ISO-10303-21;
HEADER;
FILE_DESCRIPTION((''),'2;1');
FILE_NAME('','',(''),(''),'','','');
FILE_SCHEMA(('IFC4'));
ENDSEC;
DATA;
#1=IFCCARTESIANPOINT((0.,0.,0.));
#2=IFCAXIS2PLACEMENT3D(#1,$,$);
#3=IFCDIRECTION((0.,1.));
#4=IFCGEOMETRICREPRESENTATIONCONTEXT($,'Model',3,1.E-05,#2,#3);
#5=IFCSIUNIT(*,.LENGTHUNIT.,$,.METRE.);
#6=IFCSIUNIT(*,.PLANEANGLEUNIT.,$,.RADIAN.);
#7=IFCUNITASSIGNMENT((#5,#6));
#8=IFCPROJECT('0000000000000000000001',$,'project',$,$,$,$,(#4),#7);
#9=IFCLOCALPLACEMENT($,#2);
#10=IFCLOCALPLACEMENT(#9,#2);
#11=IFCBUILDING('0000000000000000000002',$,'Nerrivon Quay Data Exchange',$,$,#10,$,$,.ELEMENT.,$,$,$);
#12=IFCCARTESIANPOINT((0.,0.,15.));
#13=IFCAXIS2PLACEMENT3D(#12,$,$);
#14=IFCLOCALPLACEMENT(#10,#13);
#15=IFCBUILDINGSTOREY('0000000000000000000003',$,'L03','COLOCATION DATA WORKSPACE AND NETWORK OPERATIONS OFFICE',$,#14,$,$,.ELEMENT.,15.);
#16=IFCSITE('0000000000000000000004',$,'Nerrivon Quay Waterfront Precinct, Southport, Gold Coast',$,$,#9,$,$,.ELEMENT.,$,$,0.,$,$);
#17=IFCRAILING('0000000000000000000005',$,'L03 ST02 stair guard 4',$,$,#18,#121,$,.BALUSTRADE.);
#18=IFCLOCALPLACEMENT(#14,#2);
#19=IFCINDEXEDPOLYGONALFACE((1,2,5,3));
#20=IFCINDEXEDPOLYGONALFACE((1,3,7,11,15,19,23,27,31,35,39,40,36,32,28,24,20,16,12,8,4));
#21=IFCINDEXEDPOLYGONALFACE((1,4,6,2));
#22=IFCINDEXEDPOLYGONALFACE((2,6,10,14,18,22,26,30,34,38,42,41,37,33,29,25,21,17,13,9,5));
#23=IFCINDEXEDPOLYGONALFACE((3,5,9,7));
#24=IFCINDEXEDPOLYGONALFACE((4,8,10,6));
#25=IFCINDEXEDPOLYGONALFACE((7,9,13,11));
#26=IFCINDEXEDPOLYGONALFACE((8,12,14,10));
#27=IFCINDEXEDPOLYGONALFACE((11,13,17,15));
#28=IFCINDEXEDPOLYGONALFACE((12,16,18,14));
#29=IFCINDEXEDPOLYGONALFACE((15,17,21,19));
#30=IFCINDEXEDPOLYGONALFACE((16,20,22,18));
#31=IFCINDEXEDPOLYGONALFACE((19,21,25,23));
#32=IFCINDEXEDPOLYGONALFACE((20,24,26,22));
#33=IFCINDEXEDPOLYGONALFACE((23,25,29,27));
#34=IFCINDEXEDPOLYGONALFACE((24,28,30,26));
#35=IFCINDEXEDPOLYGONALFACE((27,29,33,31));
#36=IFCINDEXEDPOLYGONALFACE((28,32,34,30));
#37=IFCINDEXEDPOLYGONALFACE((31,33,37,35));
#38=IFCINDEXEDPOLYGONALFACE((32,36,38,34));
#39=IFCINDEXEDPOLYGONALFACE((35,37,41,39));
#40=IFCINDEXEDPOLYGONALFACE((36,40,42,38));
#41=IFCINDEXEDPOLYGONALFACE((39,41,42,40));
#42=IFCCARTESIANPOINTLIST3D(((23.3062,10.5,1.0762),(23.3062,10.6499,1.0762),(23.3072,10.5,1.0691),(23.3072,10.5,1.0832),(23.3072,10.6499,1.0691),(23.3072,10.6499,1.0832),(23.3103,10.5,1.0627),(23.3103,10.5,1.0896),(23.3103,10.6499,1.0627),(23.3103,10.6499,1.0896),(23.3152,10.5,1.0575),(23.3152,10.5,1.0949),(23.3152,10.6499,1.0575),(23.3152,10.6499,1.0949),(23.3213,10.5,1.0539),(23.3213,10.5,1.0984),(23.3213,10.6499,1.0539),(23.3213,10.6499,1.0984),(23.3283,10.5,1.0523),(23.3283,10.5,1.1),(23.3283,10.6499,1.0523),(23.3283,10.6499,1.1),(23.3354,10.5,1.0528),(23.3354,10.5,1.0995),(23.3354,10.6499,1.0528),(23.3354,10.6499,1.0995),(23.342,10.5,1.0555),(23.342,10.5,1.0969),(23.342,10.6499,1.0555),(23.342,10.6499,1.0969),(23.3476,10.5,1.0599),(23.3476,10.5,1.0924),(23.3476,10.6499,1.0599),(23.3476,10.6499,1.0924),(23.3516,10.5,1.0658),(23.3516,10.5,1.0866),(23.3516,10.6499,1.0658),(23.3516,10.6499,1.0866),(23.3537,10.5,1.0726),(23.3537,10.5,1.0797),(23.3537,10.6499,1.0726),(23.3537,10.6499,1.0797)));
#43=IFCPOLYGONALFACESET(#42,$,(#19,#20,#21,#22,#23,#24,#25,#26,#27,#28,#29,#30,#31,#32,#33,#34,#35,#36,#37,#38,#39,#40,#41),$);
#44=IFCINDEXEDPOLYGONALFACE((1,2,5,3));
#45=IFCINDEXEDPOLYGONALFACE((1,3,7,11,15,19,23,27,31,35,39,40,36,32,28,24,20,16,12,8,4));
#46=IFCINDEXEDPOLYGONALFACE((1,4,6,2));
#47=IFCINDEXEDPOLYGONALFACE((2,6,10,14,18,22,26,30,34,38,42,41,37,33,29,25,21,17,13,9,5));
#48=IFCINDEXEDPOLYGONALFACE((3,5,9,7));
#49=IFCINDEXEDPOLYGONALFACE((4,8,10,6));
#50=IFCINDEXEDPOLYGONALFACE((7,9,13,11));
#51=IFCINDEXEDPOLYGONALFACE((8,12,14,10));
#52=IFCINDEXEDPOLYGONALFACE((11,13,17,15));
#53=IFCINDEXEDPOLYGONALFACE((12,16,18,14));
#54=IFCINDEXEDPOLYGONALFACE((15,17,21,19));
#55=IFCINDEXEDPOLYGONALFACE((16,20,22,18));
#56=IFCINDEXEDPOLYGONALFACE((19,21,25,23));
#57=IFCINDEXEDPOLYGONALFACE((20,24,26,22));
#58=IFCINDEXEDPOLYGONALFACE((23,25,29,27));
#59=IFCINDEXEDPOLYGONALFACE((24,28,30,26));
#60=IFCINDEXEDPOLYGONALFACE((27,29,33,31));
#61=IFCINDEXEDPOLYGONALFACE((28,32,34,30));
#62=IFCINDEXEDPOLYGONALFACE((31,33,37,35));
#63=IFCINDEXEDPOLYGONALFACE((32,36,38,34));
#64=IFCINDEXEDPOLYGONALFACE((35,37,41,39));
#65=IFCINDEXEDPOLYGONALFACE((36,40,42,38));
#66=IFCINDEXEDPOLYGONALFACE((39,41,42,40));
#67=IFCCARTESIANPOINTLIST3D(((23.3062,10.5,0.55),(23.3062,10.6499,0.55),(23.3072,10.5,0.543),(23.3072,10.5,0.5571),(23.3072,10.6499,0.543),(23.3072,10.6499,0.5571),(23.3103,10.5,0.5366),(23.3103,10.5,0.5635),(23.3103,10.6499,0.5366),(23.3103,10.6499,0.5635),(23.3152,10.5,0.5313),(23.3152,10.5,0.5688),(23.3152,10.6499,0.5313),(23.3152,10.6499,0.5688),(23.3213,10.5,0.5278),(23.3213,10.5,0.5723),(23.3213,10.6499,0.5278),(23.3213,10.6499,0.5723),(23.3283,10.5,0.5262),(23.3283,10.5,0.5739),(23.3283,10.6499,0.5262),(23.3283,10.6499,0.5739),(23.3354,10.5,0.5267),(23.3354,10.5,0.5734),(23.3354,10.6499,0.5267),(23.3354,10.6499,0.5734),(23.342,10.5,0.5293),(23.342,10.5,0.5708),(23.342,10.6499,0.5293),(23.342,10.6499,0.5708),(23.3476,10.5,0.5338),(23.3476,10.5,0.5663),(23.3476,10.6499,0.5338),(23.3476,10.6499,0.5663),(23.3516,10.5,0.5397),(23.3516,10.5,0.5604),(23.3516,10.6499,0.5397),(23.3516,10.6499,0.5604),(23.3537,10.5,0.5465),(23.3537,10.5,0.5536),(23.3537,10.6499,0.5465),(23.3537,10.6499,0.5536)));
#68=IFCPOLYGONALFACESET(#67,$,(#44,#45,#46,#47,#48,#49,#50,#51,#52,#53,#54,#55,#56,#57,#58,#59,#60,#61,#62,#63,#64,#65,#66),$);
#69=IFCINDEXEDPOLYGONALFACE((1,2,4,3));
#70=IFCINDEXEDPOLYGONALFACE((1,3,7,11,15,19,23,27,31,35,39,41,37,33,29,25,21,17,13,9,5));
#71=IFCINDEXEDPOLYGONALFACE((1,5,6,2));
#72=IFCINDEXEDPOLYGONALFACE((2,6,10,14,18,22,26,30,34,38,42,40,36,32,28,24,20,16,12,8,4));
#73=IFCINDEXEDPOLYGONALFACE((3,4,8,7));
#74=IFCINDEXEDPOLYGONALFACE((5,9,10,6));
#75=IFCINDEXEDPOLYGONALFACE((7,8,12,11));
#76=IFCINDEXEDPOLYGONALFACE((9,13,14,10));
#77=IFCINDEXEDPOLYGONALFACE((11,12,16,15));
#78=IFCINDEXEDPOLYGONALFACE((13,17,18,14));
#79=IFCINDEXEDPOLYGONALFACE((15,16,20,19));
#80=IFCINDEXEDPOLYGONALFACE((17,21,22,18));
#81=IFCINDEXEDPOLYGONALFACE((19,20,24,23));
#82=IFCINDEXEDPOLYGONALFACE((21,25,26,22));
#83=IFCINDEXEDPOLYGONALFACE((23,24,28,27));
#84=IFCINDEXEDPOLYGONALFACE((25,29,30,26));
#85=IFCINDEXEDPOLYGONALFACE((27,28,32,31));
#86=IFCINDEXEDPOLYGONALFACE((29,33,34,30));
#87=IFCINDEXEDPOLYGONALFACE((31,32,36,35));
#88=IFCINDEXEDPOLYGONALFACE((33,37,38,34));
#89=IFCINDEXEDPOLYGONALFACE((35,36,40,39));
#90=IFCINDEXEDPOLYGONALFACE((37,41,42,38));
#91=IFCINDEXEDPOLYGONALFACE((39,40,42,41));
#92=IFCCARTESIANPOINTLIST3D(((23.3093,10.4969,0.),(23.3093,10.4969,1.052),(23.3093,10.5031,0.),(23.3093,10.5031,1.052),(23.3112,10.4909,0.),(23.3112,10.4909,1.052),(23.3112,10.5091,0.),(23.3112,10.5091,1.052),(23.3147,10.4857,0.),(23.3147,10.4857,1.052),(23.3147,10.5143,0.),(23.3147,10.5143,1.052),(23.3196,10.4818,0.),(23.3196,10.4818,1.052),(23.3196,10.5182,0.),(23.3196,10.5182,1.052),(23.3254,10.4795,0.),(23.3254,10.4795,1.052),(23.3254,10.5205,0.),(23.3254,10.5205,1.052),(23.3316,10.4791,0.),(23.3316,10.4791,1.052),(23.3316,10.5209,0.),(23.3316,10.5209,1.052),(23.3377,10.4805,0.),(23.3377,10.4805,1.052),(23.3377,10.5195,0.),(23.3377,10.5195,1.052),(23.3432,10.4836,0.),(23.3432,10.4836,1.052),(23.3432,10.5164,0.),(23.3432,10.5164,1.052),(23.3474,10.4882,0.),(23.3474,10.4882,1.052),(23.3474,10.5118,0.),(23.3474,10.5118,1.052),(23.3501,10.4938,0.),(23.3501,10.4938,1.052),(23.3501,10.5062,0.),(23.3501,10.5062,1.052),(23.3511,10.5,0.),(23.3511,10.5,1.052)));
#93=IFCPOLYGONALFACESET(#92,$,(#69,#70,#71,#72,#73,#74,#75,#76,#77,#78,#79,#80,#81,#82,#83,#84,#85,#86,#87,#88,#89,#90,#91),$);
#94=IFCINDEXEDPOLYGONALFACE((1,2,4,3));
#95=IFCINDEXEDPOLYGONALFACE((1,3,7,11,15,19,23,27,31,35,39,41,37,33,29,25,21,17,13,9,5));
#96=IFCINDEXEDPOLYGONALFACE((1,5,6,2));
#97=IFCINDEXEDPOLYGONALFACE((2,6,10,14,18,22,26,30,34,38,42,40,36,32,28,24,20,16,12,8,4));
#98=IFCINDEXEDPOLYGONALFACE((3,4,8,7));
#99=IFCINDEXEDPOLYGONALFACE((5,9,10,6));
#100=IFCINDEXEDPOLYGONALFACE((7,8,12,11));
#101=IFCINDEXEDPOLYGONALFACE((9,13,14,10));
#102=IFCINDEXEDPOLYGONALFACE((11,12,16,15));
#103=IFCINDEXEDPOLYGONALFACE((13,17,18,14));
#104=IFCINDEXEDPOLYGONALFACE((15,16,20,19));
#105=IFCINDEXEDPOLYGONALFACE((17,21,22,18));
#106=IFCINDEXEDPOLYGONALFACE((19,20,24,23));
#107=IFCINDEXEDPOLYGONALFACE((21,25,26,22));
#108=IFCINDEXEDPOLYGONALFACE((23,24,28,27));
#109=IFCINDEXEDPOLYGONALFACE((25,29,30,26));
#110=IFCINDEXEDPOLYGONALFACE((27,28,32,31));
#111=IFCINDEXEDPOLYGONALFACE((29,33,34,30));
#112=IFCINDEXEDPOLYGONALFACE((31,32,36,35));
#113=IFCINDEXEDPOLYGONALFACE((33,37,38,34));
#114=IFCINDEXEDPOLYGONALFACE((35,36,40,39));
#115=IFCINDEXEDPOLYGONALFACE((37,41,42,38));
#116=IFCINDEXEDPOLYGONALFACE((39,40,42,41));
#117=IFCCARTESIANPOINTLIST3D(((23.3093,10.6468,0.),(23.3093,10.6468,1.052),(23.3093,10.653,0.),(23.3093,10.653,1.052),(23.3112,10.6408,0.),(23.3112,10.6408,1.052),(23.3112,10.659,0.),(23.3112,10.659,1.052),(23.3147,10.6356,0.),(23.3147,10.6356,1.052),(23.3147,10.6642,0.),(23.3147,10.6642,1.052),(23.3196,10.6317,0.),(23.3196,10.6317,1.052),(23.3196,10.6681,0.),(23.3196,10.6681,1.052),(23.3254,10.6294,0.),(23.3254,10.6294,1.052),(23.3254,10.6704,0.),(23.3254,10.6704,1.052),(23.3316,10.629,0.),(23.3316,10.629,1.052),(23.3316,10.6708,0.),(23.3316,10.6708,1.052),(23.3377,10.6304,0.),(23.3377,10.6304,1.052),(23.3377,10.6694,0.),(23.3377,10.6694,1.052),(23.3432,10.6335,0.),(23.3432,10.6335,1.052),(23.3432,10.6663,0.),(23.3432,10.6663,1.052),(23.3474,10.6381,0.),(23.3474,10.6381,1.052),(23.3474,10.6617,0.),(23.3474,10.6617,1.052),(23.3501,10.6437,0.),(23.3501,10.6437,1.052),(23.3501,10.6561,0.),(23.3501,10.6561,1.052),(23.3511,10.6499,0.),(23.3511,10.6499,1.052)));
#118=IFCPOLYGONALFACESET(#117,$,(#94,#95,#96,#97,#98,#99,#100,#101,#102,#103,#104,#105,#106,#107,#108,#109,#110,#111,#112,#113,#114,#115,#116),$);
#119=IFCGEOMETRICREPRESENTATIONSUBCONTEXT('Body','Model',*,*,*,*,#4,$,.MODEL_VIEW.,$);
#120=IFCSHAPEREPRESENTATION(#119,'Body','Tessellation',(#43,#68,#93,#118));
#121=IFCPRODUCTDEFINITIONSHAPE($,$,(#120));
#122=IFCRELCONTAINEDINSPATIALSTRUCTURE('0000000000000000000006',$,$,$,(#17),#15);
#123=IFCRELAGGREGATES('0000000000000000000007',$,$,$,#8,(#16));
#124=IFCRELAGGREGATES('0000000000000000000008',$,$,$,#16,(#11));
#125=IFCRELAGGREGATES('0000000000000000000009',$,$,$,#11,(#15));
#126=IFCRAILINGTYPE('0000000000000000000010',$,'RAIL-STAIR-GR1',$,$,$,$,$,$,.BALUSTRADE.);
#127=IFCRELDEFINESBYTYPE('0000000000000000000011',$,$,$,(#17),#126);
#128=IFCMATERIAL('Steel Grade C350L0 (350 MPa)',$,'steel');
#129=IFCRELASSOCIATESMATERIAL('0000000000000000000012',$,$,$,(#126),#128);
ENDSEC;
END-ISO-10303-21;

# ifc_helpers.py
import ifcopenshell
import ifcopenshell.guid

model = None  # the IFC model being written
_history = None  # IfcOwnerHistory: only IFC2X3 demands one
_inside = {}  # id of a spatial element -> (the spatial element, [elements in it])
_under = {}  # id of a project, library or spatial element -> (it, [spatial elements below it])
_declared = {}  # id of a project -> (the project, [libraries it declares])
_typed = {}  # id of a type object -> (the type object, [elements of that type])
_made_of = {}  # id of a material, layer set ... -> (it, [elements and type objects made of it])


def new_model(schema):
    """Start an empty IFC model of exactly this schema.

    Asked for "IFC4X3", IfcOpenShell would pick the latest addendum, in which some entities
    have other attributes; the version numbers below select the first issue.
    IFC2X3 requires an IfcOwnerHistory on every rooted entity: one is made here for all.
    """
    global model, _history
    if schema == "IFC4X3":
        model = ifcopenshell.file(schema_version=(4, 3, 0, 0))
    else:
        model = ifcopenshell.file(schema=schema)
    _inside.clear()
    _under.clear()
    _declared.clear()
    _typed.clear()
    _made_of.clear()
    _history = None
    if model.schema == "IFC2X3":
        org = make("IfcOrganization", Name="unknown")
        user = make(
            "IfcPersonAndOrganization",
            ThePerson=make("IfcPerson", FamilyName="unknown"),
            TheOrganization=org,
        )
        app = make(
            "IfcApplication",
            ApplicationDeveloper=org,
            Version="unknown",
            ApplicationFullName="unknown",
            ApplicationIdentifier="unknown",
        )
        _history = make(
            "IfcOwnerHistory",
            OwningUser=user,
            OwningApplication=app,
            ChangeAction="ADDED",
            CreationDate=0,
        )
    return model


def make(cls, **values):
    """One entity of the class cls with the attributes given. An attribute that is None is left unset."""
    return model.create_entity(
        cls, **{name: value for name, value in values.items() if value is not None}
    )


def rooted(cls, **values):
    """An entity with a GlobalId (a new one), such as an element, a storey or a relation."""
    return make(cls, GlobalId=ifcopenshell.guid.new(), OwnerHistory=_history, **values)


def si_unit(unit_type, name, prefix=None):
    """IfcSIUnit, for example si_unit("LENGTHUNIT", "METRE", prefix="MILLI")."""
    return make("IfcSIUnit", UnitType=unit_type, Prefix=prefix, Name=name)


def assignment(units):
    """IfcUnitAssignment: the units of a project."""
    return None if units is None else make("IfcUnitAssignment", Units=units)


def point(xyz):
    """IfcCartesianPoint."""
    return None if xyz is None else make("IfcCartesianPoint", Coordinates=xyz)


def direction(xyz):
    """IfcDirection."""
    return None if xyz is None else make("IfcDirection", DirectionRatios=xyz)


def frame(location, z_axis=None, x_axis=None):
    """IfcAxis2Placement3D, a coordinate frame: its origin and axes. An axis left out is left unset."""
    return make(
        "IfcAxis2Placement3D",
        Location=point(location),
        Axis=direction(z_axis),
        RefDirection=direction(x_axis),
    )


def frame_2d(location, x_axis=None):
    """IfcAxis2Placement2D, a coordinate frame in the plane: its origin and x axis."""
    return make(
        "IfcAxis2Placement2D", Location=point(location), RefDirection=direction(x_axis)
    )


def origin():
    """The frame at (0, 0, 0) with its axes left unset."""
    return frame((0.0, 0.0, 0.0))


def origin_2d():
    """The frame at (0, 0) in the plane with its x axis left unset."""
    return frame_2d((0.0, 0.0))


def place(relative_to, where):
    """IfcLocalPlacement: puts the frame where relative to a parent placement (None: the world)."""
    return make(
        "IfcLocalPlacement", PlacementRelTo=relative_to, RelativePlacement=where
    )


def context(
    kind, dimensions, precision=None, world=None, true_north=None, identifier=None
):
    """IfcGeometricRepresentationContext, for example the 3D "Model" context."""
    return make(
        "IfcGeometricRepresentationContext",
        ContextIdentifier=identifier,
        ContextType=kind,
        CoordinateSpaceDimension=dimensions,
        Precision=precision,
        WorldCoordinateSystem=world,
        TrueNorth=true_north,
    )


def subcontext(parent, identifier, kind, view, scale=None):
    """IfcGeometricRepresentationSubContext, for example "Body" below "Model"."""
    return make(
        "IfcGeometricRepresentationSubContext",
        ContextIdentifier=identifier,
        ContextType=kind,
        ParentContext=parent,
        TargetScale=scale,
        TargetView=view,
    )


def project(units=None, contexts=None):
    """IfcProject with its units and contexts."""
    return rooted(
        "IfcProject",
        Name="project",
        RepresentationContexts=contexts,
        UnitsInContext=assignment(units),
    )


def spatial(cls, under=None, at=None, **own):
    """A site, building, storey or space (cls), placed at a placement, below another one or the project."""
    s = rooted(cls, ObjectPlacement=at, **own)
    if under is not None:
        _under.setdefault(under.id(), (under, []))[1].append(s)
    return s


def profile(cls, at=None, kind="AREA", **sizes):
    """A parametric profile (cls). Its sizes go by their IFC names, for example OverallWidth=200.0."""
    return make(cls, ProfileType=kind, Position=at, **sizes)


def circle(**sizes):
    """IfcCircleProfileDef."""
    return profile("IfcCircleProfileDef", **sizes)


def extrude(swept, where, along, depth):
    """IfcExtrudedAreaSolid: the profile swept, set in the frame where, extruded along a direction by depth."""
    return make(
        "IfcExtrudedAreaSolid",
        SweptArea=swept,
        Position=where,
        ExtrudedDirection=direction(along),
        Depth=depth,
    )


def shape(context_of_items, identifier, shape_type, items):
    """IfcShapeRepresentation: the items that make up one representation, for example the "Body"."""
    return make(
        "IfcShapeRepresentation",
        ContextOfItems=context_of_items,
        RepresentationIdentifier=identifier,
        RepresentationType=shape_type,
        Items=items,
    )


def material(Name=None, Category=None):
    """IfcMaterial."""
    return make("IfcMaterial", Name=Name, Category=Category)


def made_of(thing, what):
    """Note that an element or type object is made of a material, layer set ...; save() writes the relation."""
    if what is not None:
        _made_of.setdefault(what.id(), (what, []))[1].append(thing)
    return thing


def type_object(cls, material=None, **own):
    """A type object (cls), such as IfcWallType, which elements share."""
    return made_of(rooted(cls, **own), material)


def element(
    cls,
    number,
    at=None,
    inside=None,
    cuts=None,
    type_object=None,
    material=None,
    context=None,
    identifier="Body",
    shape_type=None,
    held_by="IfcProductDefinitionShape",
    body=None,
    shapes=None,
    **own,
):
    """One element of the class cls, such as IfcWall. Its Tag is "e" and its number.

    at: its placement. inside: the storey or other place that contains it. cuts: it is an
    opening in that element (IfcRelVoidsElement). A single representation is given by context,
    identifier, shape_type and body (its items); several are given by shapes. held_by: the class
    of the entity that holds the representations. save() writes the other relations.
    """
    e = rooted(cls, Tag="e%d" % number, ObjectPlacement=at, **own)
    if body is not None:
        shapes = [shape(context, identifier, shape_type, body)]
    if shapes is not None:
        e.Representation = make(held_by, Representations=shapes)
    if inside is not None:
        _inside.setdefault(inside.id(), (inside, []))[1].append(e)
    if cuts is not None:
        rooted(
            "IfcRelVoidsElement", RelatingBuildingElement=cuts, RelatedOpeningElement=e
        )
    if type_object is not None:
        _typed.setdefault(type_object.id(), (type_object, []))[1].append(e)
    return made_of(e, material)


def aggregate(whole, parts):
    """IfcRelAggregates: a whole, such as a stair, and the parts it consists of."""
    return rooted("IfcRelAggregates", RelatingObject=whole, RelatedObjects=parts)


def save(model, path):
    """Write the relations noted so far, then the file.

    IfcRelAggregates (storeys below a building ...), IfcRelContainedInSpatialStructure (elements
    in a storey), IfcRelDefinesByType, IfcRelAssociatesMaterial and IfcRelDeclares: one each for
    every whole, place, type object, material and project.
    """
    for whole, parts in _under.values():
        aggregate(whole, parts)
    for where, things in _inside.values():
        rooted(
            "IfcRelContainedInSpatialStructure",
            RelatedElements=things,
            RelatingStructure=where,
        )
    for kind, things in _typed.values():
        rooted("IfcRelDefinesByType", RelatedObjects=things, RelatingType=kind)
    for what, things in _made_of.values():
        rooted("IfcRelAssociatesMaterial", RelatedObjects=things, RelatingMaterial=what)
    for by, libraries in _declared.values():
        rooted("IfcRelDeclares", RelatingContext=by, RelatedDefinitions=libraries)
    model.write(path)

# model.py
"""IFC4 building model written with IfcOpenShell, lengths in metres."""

from ifc_helpers import new_model, si_unit, direction, frame, origin, origin_2d, place, context, subcontext, project, spatial, circle, extrude, material, type_object, element, save


model = new_model("IFC4")

# Units and contexts
model_context = context("Model", 3, precision=1e-05, world=origin(), true_north=direction((0.0, 1.0)))
body_context = subcontext(model_context, "Body", "Model", "MODEL_VIEW")
ifc_project = project(units=[si_unit("LENGTHUNIT", "METRE"), si_unit("PLANEANGLEUNIT", "RADIAN")], contexts=[model_context])

# Site, building, storey
site_placement = place(None, origin())
site = spatial("IfcSite", under=ifc_project, at=site_placement, Name="Nerrivon Quay Waterfront Precinct, Southport, Gold Coast", CompositionType="ELEMENT", RefElevation=0.0)
building_placement = place(site_placement, origin())
building = spatial("IfcBuilding", under=site, at=building_placement, Name="Nerrivon Quay Data Exchange", CompositionType="ELEMENT")
storey_placement = place(building_placement, frame((0.0, 0.0, 15.0)))
storey = spatial("IfcBuildingStorey", under=building, at=storey_placement, Name="L03", Description="COLOCATION DATA WORKSPACE AND NETWORK OPERATIONS OFFICE", CompositionType="ELEMENT", Elevation=15.0)

# Railing
ifc_material_1 = material(Name="Steel Grade C350L0 (350 MPa)", Category="steel")
railing_type_1 = type_object("IfcRailingType", Name="RAIL-STAIR-GR1", PredefinedType="BALUSTRADE", material=ifc_material_1)
railing_1_placement = place(storey_placement, frame((23.3301, 10.5, 0.0)))
element("IfcRailing", 1, at=railing_1_placement, inside=storey, type_object=railing_type_1, Name="L03 ST02 stair guard 4", PredefinedType="BALUSTRADE", context=body_context, shape_type="SweptSolid", body=[
    extrude(circle(Radius=0.0239, at=origin_2d()), frame((0.0, 0.0, 1.0762), z_axis=(0.0, 1.0, 0.0), x_axis=(-1.0, 0.0, 0.0)), (0.0, 0.0, 1.0), 0.1499),
    extrude(circle(Radius=0.0239, at=origin_2d()), frame((0.0, 0.0, 0.55), z_axis=(0.0, 1.0, 0.0), x_axis=(-1.0, 0.0, 0.0)), (0.0, 0.0, 1.0), 0.1499),
    extrude(circle(Radius=0.021, at=origin_2d()), origin(), (0.0, 0.0, 1.0), 1.052),
    extrude(circle(Radius=0.021, at=origin_2d()), frame((0.0, 0.1499, 0.0)), (0.0, 0.0, 1.0), 1.052),
])

save(model, "model.ifc")
